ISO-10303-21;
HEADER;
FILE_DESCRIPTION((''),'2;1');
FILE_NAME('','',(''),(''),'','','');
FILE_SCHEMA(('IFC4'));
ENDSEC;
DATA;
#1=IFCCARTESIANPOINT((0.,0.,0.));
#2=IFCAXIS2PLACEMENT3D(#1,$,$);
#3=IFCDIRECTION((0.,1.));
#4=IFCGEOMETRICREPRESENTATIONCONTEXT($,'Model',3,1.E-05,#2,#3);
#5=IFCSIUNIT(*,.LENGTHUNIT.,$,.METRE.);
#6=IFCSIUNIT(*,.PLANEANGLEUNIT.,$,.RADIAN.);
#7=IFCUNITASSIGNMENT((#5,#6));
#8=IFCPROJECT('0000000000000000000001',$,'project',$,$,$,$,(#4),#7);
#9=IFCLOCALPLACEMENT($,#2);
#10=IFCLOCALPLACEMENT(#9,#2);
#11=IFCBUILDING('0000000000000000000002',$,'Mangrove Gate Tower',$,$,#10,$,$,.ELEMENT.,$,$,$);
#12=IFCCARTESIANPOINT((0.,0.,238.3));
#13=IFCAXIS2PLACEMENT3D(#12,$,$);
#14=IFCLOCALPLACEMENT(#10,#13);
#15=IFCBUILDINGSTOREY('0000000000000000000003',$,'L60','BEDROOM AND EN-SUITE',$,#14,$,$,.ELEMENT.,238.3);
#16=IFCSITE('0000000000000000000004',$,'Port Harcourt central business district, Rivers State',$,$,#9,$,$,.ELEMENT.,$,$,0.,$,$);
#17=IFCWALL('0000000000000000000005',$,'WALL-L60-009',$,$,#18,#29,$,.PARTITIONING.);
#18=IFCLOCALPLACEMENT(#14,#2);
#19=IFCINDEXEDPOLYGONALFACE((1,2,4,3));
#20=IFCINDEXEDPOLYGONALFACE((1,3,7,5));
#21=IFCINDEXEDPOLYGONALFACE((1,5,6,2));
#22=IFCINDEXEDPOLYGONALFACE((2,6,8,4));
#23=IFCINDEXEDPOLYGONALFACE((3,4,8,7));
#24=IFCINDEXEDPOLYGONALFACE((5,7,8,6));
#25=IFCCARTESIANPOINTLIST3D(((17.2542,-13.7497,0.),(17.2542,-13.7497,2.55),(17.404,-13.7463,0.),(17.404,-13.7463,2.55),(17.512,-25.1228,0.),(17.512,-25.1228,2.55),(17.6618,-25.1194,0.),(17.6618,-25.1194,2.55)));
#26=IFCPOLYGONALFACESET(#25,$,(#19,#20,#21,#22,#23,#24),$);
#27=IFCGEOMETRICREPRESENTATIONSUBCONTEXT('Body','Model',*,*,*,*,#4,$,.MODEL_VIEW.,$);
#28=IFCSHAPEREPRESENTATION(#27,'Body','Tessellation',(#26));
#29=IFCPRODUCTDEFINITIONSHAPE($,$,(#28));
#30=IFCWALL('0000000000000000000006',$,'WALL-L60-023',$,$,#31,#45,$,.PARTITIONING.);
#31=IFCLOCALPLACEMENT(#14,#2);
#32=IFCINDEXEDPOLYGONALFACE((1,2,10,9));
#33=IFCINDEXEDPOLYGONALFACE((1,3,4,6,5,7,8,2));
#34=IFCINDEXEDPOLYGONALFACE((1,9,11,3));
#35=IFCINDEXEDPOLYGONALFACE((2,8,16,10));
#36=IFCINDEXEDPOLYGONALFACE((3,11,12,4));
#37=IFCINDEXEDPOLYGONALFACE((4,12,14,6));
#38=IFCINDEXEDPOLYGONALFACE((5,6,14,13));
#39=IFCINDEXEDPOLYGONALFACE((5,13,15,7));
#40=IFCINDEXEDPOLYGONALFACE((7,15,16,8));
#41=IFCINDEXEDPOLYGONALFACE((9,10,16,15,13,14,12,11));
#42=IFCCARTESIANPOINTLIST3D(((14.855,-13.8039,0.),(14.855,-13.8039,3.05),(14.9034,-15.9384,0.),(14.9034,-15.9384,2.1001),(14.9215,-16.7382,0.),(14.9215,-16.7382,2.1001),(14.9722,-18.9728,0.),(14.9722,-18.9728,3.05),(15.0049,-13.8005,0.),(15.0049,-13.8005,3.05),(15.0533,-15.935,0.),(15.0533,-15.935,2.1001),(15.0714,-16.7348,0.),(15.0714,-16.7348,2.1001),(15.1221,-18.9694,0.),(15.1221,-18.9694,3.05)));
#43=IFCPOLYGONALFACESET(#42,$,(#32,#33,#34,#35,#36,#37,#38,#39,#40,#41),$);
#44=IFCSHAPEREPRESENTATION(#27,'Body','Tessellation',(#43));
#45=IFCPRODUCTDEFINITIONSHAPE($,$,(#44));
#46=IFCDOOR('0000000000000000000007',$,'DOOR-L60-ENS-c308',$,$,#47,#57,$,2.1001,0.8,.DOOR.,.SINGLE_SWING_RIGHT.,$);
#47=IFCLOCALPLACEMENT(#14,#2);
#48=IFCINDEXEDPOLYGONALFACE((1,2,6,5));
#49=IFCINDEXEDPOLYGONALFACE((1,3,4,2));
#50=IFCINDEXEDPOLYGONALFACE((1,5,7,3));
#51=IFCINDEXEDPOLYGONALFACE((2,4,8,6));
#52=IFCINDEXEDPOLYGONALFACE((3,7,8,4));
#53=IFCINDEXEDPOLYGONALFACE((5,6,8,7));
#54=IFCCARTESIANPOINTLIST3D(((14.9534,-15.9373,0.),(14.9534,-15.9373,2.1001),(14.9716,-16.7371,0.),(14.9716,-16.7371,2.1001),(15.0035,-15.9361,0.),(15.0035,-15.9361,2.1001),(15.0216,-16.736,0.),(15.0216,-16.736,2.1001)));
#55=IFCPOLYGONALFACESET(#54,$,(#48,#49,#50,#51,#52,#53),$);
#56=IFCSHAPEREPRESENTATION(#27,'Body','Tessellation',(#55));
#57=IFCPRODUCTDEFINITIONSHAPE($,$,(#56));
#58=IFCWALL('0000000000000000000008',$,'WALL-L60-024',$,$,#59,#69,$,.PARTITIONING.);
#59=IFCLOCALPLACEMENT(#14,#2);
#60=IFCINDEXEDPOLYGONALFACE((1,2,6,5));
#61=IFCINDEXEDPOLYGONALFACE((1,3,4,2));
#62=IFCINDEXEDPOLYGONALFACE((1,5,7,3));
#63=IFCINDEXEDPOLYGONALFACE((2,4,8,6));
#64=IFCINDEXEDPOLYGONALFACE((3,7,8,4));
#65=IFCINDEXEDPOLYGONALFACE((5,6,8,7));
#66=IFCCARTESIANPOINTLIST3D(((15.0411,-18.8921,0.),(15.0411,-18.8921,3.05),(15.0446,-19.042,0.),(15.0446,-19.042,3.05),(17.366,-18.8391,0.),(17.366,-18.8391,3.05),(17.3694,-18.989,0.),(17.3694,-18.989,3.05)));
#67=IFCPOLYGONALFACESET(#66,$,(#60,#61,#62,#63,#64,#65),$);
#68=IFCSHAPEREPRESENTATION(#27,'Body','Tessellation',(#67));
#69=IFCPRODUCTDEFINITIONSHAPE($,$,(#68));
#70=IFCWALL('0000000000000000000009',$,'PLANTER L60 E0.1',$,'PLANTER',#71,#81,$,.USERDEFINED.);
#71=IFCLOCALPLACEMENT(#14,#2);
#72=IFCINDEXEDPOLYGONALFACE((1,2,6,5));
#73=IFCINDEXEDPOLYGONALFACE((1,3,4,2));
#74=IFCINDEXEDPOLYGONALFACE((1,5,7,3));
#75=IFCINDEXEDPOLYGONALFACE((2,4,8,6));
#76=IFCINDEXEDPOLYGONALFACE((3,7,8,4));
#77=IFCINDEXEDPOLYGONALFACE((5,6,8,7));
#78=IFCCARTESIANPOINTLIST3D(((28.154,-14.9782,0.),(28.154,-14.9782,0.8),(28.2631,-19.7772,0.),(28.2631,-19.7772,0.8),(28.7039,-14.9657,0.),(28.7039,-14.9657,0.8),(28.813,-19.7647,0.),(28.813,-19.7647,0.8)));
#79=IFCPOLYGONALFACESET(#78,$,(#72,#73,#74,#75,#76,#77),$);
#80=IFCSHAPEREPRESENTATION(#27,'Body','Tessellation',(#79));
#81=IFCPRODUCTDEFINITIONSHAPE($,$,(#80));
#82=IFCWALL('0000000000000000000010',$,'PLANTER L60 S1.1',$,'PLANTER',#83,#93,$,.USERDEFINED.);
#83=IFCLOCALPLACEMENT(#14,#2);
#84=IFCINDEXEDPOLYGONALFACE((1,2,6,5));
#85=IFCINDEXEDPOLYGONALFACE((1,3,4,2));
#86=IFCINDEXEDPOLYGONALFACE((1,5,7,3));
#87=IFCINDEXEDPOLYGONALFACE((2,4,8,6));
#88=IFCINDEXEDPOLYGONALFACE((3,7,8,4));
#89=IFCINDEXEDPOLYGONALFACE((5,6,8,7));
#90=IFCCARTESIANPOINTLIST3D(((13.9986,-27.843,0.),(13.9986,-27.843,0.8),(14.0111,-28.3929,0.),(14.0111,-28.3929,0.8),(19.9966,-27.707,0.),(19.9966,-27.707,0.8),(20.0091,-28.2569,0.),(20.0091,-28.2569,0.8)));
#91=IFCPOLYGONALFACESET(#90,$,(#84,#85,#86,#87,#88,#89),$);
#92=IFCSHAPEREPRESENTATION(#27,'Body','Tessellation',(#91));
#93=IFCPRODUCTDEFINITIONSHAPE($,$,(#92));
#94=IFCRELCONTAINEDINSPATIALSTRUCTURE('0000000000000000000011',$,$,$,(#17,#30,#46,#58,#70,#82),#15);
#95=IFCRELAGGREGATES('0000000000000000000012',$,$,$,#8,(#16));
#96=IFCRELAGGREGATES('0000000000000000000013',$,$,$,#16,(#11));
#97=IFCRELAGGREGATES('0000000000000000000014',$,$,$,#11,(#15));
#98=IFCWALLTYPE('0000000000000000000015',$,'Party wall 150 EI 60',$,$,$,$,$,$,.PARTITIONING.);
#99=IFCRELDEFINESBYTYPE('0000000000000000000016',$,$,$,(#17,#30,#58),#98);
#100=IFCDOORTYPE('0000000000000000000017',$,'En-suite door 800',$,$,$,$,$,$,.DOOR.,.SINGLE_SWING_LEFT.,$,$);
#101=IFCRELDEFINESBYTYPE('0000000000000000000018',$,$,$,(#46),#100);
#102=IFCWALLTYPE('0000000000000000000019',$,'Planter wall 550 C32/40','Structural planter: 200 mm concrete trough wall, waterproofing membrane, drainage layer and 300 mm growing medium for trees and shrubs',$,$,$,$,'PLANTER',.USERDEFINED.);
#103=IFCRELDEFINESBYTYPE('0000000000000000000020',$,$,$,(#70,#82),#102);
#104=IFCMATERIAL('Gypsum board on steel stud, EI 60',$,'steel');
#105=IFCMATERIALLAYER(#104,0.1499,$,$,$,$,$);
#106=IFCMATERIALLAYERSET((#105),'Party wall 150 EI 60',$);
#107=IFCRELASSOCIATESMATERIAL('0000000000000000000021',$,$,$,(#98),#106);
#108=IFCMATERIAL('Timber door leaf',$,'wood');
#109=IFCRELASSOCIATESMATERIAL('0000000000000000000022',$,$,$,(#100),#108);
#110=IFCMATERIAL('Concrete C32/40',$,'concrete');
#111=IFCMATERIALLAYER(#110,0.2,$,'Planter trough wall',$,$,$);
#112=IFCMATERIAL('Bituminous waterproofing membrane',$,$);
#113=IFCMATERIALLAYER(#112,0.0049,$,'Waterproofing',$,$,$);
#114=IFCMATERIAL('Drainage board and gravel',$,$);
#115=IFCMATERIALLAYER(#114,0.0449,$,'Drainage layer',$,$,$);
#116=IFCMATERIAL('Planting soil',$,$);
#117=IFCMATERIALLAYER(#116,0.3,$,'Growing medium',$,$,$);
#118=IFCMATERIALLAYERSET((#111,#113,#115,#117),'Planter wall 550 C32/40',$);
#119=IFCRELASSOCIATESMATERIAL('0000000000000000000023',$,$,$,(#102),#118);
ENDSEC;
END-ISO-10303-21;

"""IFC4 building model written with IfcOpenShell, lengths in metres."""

from ifc_helpers import new_model, si_unit, direction, frame, frame_2d, origin, place, context, subcontext, project, spatial, rectangle, extrude, material, layer, layer_set, type_object, element, fill, save


model = new_model("IFC4")

# Units and contexts
model_context = context("Model", 3, precision=1e-05, world=origin(), true_north=direction((0.0, 1.0)))
body_context = subcontext(model_context, "Body", "Model", "MODEL_VIEW")
ifc_project = project(units=[si_unit("LENGTHUNIT", "METRE"), si_unit("PLANEANGLEUNIT", "RADIAN")], contexts=[model_context])

# Site, building, storey
site_placement = place(None, origin())
site = spatial("IfcSite", under=ifc_project, at=site_placement, Name="Port Harcourt central business district, Rivers State", CompositionType="ELEMENT", RefElevation=0.0)
building_placement = place(site_placement, origin())
building = spatial("IfcBuilding", under=site, at=building_placement, Name="Mangrove Gate Tower", CompositionType="ELEMENT")
storey_placement = place(building_placement, frame((0.0, 0.0, 238.3)))
storey = spatial("IfcBuildingStorey", under=building, at=storey_placement, Name="L60", Description="BEDROOM AND EN-SUITE", CompositionType="ELEMENT", Elevation=238.3)

# Wall
ifc_material_1 = material(Name="Gypsum board on steel stud, EI 60", Category="steel")
ifc_layer_1 = layer(ifc_material_1, 0.1499)
ifc_layer_set_1 = layer_set([ifc_layer_1], Name="Party wall 150 EI 60")
wall_type_1 = type_object("IfcWallType", Name="Party wall 150 EI 60", PredefinedType="PARTITIONING", material=ifc_layer_set_1)
wall_1_placement = place(storey_placement, frame((17.5869, -25.1211, 0.0), z_axis=(0.0, 0.0, 1.0), x_axis=(-0.022663, 0.999743, 0.0)))
element("IfcWall", 1, at=wall_1_placement, inside=storey, type_object=wall_type_1, Name="WALL-L60-009", PredefinedType="PARTITIONING", context=body_context, shape_type="SweptSolid", body=[
    extrude(rectangle(XDim=11.376, YDim=0.1499, at=frame_2d((5.688, 0.0))), origin(), (0.0, 0.0, 1.0), 2.55),
])

# Wall, opening, door
wall_2_placement = place(storey_placement, frame((15.0471, -18.9709, 0.0), z_axis=(0.0, 0.0, 1.0), x_axis=(-0.022666, 0.999743, 0.0)))
wall_2 = element("IfcWall", 2, at=wall_2_placement, inside=storey, type_object=wall_type_1, Name="WALL-L60-023", PredefinedType="PARTITIONING", context=body_context, shape_type="SweptSolid", body=[
    extrude(rectangle(XDim=5.1702, YDim=0.1499, at=frame_2d((2.585, 0.0))), origin(), (0.0, 0.0, 1.0), 3.05),
])
opening_1_placement = place(wall_2_placement, frame((2.2351, 0.0, 0.0)))
opening_1 = element("IfcOpeningElement", 3, at=opening_1_placement, cuts=wall_2, PredefinedType="OPENING", context=body_context, shape_type="SweptSolid", body=[
    extrude(rectangle(XDim=0.8, YDim=2.1001, at=frame_2d((0.3999, 1.05))), frame((0.0, 0.085, 0.0), z_axis=(0.0, -1.0, 0.0), x_axis=(1.0, 0.0, 0.0)), (0.0, 0.0, 1.0), 0.1699),
])
ifc_material_2 = material(Name="Timber door leaf", Category="wood")
door_type_1 = type_object("IfcDoorType", Name="En-suite door 800", OperationType="SINGLE_SWING_LEFT", PredefinedType="DOOR", material=ifc_material_2)
door_1_placement = place(opening_1_placement, origin())
door_1 = element("IfcDoor", 4, at=door_1_placement, inside=storey, type_object=door_type_1, Name="DOOR-L60-ENS-c308", OperationType="SINGLE_SWING_RIGHT", OverallHeight=2.1001, OverallWidth=0.8, PredefinedType="DOOR", context=body_context, shape_type="SweptSolid", body=[
    extrude(rectangle(XDim=0.8, YDim=2.1001, at=frame_2d((0.3999, 1.05))), frame((0.0, 0.0249, 0.0), z_axis=(0.0, -1.0, 0.0), x_axis=(1.0, 0.0, 0.0)), (0.0, 0.0, 1.0), 0.05),
])
fill(opening_1, door_1)

# Walls
wall_3_placement = place(storey_placement, frame((15.043, -18.967, 0.0), z_axis=(0.0, 0.0, 1.0), x_axis=(0.99974, 0.022781, 0.0)))
element("IfcWall", 5, at=wall_3_placement, inside=storey, type_object=wall_type_1, Name="WALL-L60-024", PredefinedType="PARTITIONING", context=body_context, shape_type="SweptSolid", body=[
    extrude(rectangle(XDim=2.3254, YDim=0.1499, at=frame_2d((1.1626, 0.0))), origin(), (0.0, 0.0, 1.0), 3.05),
])
ifc_material_3 = material(Name="Concrete C32/40", Category="concrete")
ifc_layer_2 = layer(ifc_material_3, 0.2, Name="Planter trough wall")
ifc_material_4 = material(Name="Bituminous waterproofing membrane")
ifc_layer_3 = layer(ifc_material_4, 0.0049, Name="Waterproofing")
ifc_material_5 = material(Name="Drainage board and gravel")
ifc_layer_4 = layer(ifc_material_5, 0.0449, Name="Drainage layer")
ifc_material_6 = material(Name="Planting soil")
ifc_layer_5 = layer(ifc_material_6, 0.3, Name="Growing medium")
ifc_layer_set_2 = layer_set([ifc_layer_2, ifc_layer_3, ifc_layer_4, ifc_layer_5], Name="Planter wall 550 C32/40")
wall_type_2 = type_object("IfcWallType", Name="Planter wall 550 C32/40", Description="Structural planter: 200 mm concrete trough wall, waterproofing membrane, drainage layer and 300 mm growing medium for trees and shrubs", ElementType="PLANTER", PredefinedType="USERDEFINED", material=ifc_layer_set_2)
wall_4_placement = place(storey_placement, frame((28.5381, -19.771, 0.0), z_axis=(0.0, 0.0, 1.0), x_axis=(-0.022734, 0.999742, 0.0)))
element("IfcWall", 6, at=wall_4_placement, inside=storey, type_object=wall_type_2, Name="PLANTER L60 E0.1", ObjectType="PLANTER", PredefinedType="USERDEFINED", context=body_context, shape_type="SweptSolid", body=[
    extrude(rectangle(XDim=4.8003, YDim=0.55, at=frame_2d((2.4001, 0.0))), origin(), (0.0, 0.0, 1.0), 0.8),
])
wall_5_placement = place(storey_placement, frame((14.0049, -28.1179, 0.0), z_axis=(0.0, 0.0, 1.0), x_axis=(0.999743, 0.022666, 0.0)))
element("IfcWall", 7, at=wall_5_placement, inside=storey, type_object=wall_type_2, Name="PLANTER L60 S1.1", ObjectType="PLANTER", PredefinedType="USERDEFINED", context=body_context, shape_type="SweptSolid", body=[
    extrude(rectangle(XDim=5.9995, YDim=0.55, at=frame_2d((2.9998, 0.0))), origin(), (0.0, 0.0, 1.0), 0.8),
])

save(model, "model.ifc")
